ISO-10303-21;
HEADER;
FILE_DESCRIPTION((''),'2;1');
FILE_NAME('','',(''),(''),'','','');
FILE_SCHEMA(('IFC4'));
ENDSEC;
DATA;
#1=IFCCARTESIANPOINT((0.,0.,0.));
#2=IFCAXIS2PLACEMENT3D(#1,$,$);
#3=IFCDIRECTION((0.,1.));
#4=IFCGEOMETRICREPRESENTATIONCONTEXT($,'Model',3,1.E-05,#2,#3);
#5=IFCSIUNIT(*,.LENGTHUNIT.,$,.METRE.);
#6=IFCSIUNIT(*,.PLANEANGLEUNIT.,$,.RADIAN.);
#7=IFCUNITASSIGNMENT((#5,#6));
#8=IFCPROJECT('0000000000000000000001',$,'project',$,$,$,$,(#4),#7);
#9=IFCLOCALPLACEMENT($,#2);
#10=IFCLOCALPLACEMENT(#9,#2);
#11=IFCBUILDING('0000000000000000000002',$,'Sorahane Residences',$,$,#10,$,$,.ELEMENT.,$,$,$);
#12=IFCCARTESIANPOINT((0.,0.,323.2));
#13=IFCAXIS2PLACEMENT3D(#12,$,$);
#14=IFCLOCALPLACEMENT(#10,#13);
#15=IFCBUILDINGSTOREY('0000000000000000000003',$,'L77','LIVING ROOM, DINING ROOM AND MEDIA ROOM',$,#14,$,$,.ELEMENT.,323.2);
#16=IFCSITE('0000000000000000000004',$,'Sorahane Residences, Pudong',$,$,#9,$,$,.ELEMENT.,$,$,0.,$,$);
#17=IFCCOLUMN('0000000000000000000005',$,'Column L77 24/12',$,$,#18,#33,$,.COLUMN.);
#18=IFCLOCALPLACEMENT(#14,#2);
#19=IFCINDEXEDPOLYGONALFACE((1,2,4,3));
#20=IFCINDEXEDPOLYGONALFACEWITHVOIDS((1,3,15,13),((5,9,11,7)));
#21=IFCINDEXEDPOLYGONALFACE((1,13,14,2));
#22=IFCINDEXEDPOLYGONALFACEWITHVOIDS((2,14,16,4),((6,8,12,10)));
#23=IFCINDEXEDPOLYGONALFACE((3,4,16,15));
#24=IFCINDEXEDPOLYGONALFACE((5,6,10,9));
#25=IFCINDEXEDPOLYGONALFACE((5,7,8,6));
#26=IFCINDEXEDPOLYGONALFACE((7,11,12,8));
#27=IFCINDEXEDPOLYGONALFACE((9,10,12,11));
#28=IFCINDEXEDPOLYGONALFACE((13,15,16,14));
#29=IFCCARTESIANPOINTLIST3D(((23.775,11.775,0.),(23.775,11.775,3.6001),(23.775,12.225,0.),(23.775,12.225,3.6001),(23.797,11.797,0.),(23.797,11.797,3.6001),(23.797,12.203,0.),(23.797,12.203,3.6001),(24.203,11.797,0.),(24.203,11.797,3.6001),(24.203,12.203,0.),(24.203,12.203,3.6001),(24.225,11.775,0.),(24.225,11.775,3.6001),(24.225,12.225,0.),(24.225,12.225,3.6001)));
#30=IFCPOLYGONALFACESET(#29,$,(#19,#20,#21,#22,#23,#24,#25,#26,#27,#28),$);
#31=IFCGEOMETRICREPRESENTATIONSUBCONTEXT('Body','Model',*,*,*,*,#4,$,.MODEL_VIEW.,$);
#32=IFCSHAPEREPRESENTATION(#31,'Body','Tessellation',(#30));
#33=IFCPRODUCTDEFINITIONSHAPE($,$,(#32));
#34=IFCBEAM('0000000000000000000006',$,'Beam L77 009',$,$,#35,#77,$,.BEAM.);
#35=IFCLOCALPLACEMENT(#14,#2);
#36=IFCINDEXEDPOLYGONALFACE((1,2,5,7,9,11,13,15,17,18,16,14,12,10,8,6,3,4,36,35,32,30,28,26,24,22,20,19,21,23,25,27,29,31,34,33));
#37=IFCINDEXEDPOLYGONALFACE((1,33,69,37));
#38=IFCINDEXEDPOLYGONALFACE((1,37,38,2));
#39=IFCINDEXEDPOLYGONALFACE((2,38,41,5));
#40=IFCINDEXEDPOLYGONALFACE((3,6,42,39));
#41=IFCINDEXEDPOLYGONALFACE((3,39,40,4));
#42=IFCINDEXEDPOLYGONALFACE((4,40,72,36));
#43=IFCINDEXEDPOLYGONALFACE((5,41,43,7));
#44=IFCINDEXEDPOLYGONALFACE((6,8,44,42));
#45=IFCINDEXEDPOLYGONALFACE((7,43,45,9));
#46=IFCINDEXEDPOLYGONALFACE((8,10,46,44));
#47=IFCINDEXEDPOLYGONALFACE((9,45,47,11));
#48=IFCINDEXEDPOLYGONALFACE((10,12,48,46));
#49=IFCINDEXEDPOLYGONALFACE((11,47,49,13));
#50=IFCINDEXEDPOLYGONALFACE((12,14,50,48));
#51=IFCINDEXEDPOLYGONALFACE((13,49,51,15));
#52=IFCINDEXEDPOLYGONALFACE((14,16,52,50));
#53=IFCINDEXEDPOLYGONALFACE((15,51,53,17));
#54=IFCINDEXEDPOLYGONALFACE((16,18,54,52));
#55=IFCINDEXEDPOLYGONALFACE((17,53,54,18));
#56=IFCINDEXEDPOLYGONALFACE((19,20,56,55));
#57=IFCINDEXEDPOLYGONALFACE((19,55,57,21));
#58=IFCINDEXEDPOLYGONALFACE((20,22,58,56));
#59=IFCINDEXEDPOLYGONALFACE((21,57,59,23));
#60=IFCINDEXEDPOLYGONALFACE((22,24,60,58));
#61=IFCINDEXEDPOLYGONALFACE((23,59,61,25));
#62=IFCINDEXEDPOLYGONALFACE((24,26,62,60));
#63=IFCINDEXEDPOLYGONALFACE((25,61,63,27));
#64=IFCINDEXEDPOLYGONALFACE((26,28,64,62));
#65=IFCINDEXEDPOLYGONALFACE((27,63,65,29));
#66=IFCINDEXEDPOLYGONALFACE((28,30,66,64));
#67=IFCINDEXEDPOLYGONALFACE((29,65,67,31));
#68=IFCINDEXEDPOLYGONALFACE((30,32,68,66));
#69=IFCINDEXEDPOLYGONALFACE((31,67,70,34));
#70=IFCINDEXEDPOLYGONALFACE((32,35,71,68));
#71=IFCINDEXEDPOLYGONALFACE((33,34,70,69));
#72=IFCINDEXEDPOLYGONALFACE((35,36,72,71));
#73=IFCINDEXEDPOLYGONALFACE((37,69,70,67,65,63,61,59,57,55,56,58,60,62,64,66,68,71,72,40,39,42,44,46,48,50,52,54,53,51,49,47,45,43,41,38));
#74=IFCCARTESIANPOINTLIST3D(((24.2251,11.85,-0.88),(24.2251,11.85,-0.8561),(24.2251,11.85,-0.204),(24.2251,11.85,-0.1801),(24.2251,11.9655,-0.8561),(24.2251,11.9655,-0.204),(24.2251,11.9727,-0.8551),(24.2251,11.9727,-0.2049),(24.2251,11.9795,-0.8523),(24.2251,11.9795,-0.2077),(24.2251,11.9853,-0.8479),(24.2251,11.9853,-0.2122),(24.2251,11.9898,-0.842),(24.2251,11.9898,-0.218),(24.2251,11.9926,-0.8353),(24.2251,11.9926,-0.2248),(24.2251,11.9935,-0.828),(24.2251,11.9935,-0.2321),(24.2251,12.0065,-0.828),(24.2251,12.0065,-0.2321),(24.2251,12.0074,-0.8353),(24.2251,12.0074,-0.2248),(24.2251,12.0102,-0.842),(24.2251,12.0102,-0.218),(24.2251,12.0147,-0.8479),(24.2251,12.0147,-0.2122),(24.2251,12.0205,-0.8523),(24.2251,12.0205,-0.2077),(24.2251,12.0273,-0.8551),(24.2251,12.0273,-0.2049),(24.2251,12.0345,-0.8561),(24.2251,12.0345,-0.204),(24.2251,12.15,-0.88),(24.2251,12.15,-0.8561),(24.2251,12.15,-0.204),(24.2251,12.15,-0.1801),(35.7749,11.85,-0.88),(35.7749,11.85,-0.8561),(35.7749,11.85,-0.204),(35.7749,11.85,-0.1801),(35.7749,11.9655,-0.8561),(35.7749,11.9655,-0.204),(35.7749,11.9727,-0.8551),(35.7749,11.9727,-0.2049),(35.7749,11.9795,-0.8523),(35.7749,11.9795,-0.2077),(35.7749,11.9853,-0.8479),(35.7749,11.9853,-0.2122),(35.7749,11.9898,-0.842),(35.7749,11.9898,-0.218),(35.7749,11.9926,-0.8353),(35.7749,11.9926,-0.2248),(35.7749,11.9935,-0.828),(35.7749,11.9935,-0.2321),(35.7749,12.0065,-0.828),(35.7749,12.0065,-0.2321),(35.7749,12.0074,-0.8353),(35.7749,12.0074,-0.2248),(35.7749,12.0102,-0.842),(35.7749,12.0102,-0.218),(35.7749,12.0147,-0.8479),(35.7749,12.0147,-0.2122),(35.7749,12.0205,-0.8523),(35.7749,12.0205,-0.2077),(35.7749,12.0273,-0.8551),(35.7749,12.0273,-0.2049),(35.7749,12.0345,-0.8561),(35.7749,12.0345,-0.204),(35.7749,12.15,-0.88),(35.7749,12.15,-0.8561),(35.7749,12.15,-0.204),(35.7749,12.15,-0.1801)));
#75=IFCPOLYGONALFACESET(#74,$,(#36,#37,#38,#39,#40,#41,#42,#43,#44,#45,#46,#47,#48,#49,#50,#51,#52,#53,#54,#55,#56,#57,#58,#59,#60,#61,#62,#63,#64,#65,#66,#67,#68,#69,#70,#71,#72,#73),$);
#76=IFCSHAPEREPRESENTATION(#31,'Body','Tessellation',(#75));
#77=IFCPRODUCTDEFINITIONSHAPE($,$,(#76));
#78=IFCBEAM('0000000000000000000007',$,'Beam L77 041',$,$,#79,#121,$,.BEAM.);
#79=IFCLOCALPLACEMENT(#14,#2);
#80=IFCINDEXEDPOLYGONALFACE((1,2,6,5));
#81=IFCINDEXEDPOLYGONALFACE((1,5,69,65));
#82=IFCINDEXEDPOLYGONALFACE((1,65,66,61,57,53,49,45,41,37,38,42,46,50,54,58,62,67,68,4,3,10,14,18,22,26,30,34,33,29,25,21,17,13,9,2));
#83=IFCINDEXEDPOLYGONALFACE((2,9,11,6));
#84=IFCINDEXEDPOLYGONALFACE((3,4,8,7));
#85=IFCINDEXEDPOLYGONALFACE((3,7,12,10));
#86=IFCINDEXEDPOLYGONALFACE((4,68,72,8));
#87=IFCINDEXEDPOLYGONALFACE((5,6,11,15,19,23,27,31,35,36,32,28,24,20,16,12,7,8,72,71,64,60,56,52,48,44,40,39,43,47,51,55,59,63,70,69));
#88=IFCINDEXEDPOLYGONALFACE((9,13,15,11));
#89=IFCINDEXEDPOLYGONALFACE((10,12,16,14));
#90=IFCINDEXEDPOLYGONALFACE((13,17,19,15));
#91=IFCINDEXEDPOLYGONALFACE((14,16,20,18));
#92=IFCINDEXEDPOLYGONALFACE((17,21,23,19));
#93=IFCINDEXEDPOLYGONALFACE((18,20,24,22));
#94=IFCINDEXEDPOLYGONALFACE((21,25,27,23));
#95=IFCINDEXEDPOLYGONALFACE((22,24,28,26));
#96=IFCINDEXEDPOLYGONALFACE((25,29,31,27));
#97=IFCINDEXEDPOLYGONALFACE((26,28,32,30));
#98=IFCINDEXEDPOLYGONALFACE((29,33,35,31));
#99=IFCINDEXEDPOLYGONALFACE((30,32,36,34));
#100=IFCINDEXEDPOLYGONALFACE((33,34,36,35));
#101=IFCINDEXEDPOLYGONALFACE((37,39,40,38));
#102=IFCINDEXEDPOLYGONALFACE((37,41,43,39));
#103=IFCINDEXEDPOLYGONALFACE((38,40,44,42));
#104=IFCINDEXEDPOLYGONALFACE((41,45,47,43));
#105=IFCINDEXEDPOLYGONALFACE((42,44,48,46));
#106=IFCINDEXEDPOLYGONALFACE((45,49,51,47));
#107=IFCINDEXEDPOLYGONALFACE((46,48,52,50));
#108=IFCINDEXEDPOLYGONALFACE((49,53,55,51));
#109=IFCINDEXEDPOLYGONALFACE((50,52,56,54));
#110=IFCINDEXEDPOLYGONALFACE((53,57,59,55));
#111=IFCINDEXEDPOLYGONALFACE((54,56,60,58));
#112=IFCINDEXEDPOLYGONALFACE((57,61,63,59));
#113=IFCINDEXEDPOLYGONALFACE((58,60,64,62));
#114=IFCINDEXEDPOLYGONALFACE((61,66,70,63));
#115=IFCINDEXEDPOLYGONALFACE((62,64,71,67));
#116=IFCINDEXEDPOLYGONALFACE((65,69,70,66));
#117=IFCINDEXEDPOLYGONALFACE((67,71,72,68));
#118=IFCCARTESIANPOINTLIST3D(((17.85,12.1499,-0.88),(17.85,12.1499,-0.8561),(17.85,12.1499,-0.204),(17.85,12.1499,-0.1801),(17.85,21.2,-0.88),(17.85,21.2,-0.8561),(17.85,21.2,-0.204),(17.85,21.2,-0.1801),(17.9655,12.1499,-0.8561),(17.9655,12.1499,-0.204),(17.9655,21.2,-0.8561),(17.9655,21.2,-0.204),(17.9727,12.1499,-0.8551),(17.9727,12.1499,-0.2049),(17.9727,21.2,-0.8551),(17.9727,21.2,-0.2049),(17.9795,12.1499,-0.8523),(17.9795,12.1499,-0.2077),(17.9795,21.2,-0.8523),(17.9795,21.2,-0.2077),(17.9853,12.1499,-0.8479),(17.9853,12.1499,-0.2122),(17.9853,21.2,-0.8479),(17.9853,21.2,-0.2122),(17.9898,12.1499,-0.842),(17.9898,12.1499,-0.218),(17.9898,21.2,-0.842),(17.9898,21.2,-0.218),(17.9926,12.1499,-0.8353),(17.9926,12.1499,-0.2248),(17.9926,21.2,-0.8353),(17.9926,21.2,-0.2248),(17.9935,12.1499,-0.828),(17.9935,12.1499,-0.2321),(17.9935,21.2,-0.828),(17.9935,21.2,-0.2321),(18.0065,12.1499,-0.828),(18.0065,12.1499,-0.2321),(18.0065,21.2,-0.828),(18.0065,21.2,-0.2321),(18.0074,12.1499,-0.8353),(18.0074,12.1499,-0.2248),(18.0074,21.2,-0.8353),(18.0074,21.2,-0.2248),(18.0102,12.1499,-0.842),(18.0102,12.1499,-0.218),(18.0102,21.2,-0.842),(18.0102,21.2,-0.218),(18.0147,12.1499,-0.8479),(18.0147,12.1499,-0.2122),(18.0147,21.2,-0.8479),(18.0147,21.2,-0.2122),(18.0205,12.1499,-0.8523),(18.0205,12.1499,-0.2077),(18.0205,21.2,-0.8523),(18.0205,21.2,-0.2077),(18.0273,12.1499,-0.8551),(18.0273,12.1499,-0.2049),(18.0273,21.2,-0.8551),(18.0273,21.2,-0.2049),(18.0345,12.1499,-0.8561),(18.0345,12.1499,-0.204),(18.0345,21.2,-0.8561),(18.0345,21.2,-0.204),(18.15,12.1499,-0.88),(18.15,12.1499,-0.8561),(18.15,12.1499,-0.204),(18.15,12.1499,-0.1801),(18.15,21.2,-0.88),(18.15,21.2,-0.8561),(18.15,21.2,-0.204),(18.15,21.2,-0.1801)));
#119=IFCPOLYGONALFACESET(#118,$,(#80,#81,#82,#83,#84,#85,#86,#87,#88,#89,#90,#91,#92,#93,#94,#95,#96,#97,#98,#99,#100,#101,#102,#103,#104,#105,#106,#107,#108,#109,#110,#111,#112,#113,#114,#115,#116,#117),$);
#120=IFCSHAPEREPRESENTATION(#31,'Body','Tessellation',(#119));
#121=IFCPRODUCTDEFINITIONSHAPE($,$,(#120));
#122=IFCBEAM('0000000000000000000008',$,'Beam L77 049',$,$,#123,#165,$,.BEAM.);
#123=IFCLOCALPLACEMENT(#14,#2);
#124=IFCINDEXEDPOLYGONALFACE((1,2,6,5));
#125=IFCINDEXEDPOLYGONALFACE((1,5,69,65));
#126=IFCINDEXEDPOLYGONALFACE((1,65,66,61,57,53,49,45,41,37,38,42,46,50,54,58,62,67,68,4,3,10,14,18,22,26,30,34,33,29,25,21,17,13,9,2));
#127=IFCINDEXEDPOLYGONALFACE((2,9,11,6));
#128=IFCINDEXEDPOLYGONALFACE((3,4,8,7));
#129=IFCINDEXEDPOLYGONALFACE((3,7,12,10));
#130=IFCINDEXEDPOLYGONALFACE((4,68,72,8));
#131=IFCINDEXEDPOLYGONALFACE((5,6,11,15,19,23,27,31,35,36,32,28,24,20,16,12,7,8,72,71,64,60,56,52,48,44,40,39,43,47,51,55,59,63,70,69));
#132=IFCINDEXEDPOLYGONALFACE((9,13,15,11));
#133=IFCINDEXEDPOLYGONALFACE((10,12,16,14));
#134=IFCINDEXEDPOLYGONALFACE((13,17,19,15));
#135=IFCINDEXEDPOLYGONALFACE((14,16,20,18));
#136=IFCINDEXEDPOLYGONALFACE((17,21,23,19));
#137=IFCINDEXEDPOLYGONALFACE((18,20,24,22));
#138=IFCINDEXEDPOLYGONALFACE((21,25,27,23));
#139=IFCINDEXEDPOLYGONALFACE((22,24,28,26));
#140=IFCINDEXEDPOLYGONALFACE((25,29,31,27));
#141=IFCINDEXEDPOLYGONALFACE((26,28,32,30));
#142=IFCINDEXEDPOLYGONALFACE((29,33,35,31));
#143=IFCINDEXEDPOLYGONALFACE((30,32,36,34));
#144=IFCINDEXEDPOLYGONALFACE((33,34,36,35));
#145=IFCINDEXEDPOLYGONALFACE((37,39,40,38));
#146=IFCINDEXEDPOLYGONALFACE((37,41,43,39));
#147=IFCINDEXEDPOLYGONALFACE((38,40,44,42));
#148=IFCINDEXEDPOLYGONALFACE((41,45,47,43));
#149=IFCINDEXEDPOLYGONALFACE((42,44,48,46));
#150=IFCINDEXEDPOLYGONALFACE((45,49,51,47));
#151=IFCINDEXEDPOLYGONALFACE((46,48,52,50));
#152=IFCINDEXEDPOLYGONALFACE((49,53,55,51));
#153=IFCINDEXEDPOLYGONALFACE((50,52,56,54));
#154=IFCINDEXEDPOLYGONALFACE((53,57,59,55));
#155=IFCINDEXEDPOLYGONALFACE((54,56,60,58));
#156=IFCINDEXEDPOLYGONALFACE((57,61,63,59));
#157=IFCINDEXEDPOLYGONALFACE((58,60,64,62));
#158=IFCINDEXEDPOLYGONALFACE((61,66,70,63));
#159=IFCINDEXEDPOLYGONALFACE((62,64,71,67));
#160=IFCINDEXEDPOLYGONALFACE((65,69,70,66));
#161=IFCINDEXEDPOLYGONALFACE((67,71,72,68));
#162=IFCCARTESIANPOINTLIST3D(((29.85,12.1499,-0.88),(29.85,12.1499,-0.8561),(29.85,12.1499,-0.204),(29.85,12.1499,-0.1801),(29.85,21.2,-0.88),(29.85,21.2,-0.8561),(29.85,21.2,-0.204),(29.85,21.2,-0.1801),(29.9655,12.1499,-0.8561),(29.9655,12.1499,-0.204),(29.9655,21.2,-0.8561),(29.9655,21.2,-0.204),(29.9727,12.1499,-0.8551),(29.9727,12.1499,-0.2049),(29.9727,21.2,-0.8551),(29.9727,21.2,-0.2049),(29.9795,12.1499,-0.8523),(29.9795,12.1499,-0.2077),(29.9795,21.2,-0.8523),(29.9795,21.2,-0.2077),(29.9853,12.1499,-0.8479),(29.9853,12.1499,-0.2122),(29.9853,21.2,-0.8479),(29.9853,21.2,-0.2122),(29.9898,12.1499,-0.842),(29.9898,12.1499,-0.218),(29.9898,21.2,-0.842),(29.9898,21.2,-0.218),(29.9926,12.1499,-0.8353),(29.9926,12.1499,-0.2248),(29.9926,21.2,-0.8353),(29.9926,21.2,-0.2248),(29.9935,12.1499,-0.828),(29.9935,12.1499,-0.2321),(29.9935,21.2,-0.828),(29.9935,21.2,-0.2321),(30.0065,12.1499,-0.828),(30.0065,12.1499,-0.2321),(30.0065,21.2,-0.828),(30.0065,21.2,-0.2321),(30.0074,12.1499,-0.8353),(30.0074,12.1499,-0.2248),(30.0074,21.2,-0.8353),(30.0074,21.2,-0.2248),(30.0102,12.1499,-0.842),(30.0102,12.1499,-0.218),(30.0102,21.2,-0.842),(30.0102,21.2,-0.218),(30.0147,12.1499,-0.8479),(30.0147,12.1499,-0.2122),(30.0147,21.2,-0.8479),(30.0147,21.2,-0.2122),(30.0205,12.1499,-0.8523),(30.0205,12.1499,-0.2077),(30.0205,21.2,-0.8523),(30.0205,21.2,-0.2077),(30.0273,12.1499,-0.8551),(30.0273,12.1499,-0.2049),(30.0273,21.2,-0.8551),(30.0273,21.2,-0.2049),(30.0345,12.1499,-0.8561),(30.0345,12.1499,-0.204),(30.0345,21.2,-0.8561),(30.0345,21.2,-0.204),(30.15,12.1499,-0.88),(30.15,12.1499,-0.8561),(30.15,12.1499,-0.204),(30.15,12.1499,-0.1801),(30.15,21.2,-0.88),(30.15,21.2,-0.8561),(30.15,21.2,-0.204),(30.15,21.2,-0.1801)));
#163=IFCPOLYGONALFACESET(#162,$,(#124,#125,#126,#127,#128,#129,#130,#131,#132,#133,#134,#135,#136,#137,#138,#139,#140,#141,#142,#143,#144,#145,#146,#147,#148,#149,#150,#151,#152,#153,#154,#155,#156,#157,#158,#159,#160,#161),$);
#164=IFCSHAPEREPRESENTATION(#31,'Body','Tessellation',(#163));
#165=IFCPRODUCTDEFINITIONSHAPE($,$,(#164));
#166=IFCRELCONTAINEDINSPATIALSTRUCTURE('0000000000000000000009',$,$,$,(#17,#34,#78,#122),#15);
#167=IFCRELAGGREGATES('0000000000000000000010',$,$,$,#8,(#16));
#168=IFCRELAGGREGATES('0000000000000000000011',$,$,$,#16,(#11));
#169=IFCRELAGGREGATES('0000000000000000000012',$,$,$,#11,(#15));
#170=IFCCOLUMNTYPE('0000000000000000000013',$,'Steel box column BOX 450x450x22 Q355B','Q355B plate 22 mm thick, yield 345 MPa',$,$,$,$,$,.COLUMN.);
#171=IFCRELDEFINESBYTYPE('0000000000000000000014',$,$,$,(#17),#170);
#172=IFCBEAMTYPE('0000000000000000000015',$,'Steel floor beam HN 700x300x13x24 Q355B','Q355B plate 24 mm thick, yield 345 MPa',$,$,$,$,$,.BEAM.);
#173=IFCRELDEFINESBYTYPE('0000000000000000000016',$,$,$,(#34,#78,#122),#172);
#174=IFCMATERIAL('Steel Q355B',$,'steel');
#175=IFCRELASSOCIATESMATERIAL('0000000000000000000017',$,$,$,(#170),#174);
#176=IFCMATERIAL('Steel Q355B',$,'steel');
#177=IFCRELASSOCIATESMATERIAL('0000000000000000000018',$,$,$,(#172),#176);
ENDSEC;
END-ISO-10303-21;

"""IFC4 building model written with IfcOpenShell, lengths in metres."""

from ifc_helpers import new_model, si_unit, direction, frame, origin, origin_2d, place, context, subcontext, project, spatial, hollow_rectangle, i_section, extrude, material, material_profile, profile_set, type_object, element, save


model = new_model("IFC4")

# Units and contexts
model_context = context("Model", 3, precision=1e-05, world=origin(), true_north=direction((0.0, 1.0)))
body_context = subcontext(model_context, "Body", "Model", "MODEL_VIEW")
ifc_project = project(units=[si_unit("LENGTHUNIT", "METRE"), si_unit("PLANEANGLEUNIT", "RADIAN")], contexts=[model_context])

# Site, building, storey
site_placement = place(None, origin())
site = spatial("IfcSite", under=ifc_project, at=site_placement, Name="Sorahane Residences, Pudong", CompositionType="ELEMENT", RefElevation=0.0)
building_placement = place(site_placement, origin())
building = spatial("IfcBuilding", under=site, at=building_placement, Name="Sorahane Residences", CompositionType="ELEMENT")
storey_placement = place(building_placement, frame((0.0, 0.0, 323.2)))
storey = spatial("IfcBuildingStorey", under=building, at=storey_placement, Name="L77", Description="LIVING ROOM, DINING ROOM AND MEDIA ROOM", CompositionType="ELEMENT", Elevation=323.2)

# Column
ifc_material_1 = material(Name="Steel Q355B", Category="steel")
ifc_material_profile_1 = material_profile(ifc_material_1, hollow_rectangle(XDim=0.45, YDim=0.45, WallThickness=0.022, at=origin_2d()), Name="BOX 450x450x22")
ifc_profile_set_1 = profile_set([ifc_material_profile_1], Name="Steel Q355B")
column_type = type_object("IfcColumnType", Name="Steel box column BOX 450x450x22 Q355B", Description="Q355B plate 22 mm thick, yield 345 MPa", PredefinedType="COLUMN", material=ifc_profile_set_1)
column_placement = place(storey_placement, frame((24.0, 12.0, 0.0), z_axis=(0.0, 0.0, 1.0), x_axis=(1.0, 0.0, 0.0)))
element("IfcColumn", 1, at=column_placement, inside=storey, type_object=column_type, Name="Column L77 24/12", PredefinedType="COLUMN", context=body_context, shape_type="SweptSolid", body=[
    extrude(hollow_rectangle(XDim=0.45, YDim=0.45, WallThickness=0.022, at=origin_2d()), origin(), (0.0, 0.0, 1.0), 3.6001),
])

# Beams
ifc_material_2 = material(Name="Steel Q355B", Category="steel")
ifc_material_profile_2 = material_profile(ifc_material_2, i_section(OverallWidth=0.3, OverallDepth=0.7, WebThickness=0.0129, FlangeThickness=0.0239, FilletRadius=0.0281, at=origin_2d()), Name="HN 700x300x13x24")
ifc_profile_set_2 = profile_set([ifc_material_profile_2], Name="Steel Q355B")
beam_type = type_object("IfcBeamType", Name="Steel floor beam HN 700x300x13x24 Q355B", Description="Q355B plate 24 mm thick, yield 345 MPa", PredefinedType="BEAM", material=ifc_profile_set_2)
beam_1_placement = place(storey_placement, frame((24.2251, 12.0, -0.53), z_axis=(1.0, 0.0, 0.0), x_axis=(0.0, 1.0, 0.0)))
element("IfcBeam", 2, at=beam_1_placement, inside=storey, type_object=beam_type, Name="Beam L77 009", PredefinedType="BEAM", context=body_context, shape_type="SweptSolid", body=[
    extrude(i_section(OverallWidth=0.3, OverallDepth=0.7, WebThickness=0.0129, FlangeThickness=0.0239, FilletRadius=0.0281, at=origin_2d()), origin(), (0.0, 0.0, 1.0), 11.5498),
])
for number, where, z_axis, x_axis, name in (
    (3, (18.0, 12.1499, -0.53), (0.0, 1.0, 0.0), (-1.0, 0.0, 0.0), "Beam L77 041"),
    (4, (30.0, 12.1499, -0.53), (0.0, 1.0, 0.0), (-1.0, 0.0, 0.0), "Beam L77 049"),
):
    element("IfcBeam", number, at=place(storey_placement, frame(where, z_axis=z_axis, x_axis=x_axis)), inside=storey, type_object=beam_type, Name=name, PredefinedType="BEAM", context=body_context, shape_type="SweptSolid", body=[
        extrude(i_section(OverallWidth=0.3, OverallDepth=0.7, WebThickness=0.0129, FlangeThickness=0.0239, FilletRadius=0.0281, at=origin_2d()), origin(), (0.0, 0.0, 1.0), 9.05),
    ])

save(model, "model.ifc")
